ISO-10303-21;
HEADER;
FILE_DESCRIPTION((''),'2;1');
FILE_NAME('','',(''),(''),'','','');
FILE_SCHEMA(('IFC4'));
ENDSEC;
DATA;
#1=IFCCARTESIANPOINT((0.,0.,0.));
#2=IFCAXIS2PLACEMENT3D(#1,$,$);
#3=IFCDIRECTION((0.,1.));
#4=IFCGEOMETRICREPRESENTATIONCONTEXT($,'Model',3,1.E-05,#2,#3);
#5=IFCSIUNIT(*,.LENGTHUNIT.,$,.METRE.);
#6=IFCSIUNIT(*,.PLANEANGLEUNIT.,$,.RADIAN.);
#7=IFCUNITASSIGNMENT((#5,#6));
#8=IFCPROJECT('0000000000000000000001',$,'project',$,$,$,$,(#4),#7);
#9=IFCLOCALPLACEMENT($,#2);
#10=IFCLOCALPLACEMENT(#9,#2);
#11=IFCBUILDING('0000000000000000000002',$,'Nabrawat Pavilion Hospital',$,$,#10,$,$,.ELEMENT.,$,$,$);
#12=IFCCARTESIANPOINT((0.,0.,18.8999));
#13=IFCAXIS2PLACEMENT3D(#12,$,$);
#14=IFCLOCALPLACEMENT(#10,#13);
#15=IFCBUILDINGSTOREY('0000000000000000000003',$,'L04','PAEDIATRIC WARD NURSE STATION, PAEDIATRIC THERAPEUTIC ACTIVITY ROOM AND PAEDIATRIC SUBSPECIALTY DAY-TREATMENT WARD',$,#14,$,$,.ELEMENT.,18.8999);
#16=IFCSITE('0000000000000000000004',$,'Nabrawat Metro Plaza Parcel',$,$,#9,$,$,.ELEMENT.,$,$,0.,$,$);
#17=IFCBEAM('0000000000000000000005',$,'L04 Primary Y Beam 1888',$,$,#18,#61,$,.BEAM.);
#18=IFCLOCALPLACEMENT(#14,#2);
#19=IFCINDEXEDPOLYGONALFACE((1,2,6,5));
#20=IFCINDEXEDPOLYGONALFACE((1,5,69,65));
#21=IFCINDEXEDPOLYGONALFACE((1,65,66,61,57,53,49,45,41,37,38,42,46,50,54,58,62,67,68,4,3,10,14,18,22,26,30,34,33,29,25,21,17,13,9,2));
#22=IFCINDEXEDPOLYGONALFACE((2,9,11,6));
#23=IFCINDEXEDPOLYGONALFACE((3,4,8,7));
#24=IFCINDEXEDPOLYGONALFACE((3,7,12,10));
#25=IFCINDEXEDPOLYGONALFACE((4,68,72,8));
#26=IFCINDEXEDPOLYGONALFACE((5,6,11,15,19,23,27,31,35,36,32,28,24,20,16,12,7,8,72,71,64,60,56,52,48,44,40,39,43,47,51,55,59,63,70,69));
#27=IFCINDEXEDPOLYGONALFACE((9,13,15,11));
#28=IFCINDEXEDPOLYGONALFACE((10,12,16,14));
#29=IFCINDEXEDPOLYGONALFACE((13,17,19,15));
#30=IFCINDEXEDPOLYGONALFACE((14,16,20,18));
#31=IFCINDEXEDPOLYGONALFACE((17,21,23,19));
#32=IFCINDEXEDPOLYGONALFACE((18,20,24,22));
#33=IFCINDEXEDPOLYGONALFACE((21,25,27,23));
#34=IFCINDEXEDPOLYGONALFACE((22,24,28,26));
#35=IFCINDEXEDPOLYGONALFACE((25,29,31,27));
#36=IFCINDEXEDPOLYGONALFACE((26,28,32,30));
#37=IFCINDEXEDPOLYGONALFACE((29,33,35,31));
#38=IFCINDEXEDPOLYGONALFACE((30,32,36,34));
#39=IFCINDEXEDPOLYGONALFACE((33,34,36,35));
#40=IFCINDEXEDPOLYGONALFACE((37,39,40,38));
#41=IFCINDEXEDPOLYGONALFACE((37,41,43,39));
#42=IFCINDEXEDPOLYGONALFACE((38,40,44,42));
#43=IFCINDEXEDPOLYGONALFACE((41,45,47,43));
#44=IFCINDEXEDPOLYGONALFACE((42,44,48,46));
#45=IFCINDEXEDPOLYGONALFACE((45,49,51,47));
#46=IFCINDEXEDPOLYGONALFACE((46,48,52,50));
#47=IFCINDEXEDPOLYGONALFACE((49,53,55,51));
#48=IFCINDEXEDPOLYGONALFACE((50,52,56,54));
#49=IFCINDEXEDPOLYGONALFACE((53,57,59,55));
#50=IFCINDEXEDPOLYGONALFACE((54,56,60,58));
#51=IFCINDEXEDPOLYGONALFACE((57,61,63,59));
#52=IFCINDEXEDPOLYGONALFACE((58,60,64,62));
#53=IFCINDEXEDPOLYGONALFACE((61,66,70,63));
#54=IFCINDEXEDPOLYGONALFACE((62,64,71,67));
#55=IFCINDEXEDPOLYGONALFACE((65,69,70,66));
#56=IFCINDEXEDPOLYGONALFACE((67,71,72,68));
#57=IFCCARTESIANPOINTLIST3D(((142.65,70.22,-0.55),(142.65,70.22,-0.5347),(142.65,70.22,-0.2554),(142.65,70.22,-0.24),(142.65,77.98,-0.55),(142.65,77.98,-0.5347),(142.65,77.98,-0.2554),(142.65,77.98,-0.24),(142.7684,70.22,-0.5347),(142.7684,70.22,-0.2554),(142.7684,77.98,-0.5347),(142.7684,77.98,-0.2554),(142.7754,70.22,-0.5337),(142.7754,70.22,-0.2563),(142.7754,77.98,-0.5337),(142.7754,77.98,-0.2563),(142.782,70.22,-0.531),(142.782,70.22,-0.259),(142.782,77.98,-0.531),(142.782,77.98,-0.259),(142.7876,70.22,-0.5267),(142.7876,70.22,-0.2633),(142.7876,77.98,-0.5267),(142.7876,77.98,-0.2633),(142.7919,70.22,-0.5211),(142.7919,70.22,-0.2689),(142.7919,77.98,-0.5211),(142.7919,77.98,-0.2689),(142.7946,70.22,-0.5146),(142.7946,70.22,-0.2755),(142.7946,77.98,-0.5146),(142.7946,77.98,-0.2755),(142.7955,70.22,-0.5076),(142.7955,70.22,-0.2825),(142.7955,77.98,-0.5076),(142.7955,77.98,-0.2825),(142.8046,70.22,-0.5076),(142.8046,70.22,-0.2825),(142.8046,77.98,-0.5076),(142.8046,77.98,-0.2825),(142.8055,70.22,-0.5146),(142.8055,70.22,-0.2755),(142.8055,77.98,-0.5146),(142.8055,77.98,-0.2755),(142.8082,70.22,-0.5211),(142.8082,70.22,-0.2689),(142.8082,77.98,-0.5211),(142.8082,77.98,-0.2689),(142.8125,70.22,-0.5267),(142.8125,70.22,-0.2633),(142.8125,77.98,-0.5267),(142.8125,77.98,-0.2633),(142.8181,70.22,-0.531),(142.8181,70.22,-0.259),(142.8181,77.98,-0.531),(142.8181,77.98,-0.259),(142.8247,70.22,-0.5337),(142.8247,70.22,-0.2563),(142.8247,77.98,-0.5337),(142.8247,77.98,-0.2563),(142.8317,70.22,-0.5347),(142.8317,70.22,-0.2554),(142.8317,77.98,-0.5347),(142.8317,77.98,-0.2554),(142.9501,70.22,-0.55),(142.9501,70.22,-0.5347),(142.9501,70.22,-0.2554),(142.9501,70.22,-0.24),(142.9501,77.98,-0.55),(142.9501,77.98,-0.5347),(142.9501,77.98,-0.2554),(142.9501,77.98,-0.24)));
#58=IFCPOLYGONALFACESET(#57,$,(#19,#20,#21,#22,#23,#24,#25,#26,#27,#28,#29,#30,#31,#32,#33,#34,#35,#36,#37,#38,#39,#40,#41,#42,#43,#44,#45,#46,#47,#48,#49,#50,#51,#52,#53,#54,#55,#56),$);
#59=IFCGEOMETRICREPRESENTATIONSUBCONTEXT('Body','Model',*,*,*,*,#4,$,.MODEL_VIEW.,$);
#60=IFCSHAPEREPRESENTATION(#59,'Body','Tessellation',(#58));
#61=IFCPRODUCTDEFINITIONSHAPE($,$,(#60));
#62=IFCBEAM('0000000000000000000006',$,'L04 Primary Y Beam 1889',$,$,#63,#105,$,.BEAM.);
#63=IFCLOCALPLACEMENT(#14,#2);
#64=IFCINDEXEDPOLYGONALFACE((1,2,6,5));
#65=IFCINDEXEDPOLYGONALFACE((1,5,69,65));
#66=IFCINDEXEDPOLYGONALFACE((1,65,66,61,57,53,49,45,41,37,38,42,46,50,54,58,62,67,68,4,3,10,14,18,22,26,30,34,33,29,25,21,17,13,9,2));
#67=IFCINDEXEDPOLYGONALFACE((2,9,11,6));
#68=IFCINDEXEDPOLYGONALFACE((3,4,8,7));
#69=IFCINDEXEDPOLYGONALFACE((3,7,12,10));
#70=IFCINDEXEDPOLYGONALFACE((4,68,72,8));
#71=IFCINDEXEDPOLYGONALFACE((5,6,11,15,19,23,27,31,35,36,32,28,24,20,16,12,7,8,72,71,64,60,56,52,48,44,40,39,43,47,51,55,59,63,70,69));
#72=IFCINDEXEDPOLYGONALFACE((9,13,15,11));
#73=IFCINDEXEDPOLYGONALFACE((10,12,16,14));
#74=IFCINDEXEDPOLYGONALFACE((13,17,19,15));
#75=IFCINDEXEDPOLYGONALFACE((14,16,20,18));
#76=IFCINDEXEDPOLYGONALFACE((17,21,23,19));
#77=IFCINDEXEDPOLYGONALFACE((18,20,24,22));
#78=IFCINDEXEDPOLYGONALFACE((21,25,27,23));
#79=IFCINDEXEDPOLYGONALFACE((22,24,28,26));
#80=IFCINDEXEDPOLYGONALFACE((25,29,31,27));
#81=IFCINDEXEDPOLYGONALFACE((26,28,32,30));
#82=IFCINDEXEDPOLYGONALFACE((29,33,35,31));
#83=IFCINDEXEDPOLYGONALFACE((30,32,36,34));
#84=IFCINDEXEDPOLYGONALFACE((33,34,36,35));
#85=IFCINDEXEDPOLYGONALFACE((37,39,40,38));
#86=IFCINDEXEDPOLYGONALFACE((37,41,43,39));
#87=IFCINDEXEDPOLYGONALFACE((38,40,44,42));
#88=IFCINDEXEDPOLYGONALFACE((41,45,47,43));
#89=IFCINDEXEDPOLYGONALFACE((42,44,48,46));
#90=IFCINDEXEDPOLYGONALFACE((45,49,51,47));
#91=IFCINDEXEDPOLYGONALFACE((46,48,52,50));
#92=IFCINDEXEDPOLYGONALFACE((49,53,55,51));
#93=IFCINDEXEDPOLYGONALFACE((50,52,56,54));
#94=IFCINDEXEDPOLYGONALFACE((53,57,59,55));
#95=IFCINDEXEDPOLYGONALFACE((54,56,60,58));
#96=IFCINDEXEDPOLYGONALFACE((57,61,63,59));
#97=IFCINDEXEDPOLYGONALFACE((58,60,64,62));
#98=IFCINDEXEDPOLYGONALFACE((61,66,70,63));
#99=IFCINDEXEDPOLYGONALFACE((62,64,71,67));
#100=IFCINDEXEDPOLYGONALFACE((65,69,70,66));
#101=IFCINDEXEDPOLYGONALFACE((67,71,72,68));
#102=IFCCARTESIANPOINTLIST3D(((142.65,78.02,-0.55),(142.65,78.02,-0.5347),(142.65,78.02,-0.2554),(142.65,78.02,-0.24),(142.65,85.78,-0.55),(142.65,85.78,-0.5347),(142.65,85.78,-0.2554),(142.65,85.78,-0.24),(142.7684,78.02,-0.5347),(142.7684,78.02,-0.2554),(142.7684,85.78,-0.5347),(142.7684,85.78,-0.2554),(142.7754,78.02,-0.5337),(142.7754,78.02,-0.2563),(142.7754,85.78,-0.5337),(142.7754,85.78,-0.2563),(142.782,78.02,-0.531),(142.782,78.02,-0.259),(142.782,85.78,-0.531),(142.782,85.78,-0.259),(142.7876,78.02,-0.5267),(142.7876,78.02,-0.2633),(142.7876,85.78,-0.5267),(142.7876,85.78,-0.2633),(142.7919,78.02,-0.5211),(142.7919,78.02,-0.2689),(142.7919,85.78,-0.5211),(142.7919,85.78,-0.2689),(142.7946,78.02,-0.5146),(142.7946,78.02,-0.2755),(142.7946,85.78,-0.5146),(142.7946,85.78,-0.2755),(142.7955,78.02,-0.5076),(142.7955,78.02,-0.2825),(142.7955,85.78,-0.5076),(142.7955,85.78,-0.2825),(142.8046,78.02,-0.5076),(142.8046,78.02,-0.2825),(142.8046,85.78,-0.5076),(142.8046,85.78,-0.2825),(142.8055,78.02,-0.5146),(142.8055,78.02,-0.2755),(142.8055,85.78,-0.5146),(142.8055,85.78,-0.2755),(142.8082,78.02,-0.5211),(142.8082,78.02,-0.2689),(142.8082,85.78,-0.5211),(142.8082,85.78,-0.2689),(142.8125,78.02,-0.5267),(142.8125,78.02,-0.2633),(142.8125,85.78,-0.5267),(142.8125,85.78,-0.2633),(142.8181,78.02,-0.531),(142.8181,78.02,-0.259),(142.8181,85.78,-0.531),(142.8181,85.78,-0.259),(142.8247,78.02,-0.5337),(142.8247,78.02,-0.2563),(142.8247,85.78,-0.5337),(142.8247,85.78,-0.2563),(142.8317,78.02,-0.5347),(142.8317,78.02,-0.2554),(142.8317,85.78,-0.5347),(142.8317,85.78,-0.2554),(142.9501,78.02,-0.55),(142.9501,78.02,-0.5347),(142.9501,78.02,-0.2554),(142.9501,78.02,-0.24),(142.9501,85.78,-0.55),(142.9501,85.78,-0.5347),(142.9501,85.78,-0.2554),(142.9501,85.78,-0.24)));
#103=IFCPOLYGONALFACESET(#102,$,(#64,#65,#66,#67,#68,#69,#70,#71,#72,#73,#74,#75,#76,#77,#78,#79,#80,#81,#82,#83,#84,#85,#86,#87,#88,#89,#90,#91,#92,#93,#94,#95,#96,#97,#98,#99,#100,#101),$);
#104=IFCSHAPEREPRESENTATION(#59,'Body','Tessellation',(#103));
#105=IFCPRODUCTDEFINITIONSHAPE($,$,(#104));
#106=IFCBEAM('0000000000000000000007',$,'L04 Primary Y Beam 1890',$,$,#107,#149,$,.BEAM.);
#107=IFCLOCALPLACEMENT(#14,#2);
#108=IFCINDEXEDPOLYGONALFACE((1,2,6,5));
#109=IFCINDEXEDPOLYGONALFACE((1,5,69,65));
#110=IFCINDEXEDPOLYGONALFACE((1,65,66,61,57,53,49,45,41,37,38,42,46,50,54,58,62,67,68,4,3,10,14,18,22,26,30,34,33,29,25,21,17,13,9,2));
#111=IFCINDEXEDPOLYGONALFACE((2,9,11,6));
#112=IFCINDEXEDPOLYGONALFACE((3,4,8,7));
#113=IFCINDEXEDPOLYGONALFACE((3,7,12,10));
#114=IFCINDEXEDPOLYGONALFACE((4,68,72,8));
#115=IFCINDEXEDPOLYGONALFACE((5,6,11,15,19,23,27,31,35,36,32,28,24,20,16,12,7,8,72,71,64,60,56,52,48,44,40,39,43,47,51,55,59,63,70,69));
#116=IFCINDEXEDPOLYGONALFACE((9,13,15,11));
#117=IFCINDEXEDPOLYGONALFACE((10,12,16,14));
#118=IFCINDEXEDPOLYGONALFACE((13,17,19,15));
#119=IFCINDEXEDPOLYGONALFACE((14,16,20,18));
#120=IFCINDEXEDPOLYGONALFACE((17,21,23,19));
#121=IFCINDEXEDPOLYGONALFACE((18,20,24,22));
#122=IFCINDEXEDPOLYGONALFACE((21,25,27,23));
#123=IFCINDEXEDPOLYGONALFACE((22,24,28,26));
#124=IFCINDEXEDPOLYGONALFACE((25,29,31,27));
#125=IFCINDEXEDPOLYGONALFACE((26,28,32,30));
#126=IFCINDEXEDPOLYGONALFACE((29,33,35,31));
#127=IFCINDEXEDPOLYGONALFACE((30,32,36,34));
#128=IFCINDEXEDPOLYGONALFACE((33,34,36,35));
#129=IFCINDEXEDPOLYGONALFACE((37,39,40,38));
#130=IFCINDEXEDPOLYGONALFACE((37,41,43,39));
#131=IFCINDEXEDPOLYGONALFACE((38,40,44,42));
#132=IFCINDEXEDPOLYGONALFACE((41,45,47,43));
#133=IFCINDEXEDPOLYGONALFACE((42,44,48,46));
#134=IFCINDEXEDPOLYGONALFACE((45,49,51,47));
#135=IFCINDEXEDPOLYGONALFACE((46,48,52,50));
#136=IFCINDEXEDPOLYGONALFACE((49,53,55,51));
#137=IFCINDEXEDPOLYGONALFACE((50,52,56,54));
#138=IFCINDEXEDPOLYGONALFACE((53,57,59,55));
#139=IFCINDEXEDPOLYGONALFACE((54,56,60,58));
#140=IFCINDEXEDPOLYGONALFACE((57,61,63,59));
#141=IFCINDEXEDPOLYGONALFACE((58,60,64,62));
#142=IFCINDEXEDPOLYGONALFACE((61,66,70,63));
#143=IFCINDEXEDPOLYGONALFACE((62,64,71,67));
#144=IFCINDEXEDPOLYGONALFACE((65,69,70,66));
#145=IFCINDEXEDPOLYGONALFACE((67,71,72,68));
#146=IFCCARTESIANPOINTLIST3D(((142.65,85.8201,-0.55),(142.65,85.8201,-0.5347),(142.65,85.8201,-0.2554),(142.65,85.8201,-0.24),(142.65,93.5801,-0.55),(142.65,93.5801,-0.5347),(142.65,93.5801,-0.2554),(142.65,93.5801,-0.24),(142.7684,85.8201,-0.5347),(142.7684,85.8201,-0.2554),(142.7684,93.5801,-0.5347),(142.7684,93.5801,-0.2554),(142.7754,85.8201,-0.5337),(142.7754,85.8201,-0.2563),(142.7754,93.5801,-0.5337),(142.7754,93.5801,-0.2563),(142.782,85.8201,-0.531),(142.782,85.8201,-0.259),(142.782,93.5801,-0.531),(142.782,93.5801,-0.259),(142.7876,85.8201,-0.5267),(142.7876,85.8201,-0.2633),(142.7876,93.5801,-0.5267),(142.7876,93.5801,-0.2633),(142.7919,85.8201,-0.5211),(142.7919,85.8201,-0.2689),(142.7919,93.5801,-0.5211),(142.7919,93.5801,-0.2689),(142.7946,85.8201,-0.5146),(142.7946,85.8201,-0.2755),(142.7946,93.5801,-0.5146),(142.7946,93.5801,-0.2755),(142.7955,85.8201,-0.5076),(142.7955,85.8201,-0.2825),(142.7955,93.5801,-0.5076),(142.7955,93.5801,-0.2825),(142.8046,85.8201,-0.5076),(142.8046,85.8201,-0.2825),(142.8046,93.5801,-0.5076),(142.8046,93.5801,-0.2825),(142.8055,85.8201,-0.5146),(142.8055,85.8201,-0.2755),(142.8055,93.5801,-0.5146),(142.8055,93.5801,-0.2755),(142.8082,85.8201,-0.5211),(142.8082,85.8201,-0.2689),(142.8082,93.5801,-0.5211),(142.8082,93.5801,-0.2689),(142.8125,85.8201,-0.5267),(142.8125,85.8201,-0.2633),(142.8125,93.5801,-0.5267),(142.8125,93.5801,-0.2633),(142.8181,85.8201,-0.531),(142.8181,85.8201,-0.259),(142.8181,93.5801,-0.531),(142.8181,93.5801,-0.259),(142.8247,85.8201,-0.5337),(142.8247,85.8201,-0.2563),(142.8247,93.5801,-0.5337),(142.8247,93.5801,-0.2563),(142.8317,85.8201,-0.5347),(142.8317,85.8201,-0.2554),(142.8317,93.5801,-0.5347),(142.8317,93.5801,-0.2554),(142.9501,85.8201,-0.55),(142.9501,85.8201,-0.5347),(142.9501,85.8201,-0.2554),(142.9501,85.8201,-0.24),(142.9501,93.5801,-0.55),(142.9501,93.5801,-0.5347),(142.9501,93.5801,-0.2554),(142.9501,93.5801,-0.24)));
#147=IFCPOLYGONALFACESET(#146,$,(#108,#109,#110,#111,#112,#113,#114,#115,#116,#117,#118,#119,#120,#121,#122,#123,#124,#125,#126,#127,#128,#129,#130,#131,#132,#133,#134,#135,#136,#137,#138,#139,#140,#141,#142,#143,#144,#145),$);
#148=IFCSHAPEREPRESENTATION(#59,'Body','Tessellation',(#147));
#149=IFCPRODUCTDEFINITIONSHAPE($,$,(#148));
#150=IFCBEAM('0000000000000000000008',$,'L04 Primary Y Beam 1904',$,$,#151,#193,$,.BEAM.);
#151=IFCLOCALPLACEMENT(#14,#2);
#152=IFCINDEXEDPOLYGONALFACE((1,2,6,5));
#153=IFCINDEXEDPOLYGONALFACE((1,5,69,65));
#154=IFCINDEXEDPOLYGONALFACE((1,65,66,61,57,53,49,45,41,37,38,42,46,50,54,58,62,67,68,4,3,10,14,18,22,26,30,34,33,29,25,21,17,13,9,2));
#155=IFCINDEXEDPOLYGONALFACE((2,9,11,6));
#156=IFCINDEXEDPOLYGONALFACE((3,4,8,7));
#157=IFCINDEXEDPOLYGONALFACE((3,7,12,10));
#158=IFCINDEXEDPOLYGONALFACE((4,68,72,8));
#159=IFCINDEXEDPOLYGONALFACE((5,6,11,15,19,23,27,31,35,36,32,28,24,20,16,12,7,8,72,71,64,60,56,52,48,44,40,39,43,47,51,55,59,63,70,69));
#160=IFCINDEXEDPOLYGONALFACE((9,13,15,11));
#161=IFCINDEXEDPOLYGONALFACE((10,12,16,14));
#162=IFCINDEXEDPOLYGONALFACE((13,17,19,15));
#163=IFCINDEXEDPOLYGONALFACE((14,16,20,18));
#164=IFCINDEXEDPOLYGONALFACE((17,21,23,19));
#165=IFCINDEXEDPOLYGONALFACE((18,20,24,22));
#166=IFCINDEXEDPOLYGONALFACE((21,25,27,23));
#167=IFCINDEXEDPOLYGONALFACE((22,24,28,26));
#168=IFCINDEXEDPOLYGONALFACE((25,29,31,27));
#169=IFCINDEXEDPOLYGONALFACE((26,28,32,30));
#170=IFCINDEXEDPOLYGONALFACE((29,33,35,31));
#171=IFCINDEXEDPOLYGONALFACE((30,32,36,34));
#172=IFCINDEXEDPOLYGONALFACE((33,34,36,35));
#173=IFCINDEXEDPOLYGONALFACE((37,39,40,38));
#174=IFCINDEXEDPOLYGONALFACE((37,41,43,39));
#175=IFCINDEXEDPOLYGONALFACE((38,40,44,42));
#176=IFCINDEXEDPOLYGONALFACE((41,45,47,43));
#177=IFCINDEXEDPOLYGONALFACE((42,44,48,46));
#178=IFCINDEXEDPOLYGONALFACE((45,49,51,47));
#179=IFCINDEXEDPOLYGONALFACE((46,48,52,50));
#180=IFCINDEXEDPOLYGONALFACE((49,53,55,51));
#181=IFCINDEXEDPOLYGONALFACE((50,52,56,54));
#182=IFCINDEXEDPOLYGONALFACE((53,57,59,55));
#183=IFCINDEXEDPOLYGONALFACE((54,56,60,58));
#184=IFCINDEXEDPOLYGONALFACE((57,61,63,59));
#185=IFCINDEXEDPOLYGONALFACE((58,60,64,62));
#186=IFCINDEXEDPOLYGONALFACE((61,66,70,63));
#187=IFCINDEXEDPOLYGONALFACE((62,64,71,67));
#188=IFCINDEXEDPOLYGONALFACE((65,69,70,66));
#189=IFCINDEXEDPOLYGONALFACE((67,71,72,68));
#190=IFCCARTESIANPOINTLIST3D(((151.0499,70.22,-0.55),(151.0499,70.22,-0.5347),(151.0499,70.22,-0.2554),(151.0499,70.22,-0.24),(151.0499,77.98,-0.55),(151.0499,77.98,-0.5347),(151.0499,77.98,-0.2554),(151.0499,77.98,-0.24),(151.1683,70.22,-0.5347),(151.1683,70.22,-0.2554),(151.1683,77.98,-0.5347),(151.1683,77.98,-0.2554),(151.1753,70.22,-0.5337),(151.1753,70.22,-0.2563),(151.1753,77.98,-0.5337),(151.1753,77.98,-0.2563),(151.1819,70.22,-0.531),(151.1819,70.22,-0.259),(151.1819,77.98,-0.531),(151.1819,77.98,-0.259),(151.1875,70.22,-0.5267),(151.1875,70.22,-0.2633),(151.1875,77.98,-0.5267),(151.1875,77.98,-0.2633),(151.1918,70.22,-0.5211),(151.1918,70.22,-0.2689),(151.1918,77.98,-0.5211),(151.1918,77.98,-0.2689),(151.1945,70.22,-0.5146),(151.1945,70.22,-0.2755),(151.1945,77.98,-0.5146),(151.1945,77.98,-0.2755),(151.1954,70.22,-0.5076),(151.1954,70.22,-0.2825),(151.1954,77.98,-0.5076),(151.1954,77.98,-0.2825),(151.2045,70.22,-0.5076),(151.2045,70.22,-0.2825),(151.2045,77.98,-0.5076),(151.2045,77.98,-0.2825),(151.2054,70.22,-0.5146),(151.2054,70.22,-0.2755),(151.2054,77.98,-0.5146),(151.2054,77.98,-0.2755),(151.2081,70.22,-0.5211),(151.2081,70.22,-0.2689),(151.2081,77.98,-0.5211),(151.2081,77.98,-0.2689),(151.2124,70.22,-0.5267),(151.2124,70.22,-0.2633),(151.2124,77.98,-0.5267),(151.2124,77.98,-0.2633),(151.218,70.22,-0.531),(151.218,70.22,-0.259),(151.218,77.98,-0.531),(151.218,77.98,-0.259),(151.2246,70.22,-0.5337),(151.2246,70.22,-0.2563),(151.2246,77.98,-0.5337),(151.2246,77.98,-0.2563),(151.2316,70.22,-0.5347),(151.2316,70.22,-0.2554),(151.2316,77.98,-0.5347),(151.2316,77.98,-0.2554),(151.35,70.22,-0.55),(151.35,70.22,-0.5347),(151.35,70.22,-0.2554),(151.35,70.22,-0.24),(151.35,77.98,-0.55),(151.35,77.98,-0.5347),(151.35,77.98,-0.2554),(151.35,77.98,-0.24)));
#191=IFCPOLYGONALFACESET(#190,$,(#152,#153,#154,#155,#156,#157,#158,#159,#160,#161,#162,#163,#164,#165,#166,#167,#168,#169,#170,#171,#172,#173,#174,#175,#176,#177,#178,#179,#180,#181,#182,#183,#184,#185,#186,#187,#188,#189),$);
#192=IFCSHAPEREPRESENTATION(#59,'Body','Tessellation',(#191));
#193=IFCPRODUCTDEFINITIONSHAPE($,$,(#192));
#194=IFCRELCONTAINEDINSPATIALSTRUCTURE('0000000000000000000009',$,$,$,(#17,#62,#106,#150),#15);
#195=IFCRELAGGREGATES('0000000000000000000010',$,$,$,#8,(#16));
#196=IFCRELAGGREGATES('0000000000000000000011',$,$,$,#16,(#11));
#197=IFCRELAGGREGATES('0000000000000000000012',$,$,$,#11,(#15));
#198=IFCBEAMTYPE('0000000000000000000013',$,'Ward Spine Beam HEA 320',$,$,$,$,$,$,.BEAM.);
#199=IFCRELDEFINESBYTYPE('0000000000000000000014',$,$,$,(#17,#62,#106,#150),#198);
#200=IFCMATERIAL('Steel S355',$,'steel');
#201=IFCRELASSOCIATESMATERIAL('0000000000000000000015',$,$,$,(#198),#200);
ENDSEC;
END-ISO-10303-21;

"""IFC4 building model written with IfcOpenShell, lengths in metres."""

from ifc_helpers import new_model, si_unit, direction, frame, origin, origin_2d, place, context, subcontext, project, spatial, i_section, extrude, material, material_profile, profile_set, type_object, element, save


model = new_model("IFC4")

# Units and contexts
model_context = context("Model", 3, precision=1e-05, world=origin(), true_north=direction((0.0, 1.0)))
body_context = subcontext(model_context, "Body", "Model", "MODEL_VIEW")
ifc_project = project(units=[si_unit("LENGTHUNIT", "METRE"), si_unit("PLANEANGLEUNIT", "RADIAN")], contexts=[model_context])

# Site, building, storey
site_placement = place(None, origin())
site = spatial("IfcSite", under=ifc_project, at=site_placement, Name="Nabrawat Metro Plaza Parcel", CompositionType="ELEMENT", RefElevation=0.0)
building_placement = place(site_placement, origin())
building = spatial("IfcBuilding", under=site, at=building_placement, Name="Nabrawat Pavilion Hospital", CompositionType="ELEMENT")
storey_placement = place(building_placement, frame((0.0, 0.0, 18.8999)))
storey = spatial("IfcBuildingStorey", under=building, at=storey_placement, Name="L04", Description="PAEDIATRIC WARD NURSE STATION, PAEDIATRIC THERAPEUTIC ACTIVITY ROOM AND PAEDIATRIC SUBSPECIALTY DAY-TREATMENT WARD", CompositionType="ELEMENT", Elevation=18.8999)

# Shared definitions
ifc_material_1 = material(Name="Steel S355", Category="steel")

# Beams
ifc_material_profile_1 = material_profile(ifc_material_1, i_section(OverallWidth=0.3, OverallDepth=0.3101, WebThickness=0.009, FlangeThickness=0.0154, FilletRadius=0.0271, at=origin_2d()), Name="HEA 320")
ifc_profile_set_1 = profile_set([ifc_material_profile_1], Name="Steel S355")
beam_type_1 = type_object("IfcBeamType", Name="Ward Spine Beam HEA 320", PredefinedType="BEAM", material=ifc_profile_set_1)
for number, where, z_axis, x_axis, name in (
    (1, (142.8, 70.22, -0.395), (0.0, 1.0, 0.0), (-1.0, 0.0, 0.0), "L04 Primary Y Beam 1888"),
    (2, (142.8, 78.02, -0.395), (0.0, 1.0, 0.0), (-1.0, 0.0, 0.0), "L04 Primary Y Beam 1889"),
    (3, (142.8, 85.8201, -0.395), (0.0, 1.0, 0.0), (-1.0, 0.0, 0.0), "L04 Primary Y Beam 1890"),
    (4, (151.2, 70.22, -0.395), (0.0, 1.0, 0.0), (-1.0, 0.0, 0.0), "L04 Primary Y Beam 1904"),
):
    element("IfcBeam", number, at=place(storey_placement, frame(where, z_axis=z_axis, x_axis=x_axis)), inside=storey, type_object=beam_type_1, Name=name, PredefinedType="BEAM", context=body_context, shape_type="SweptSolid", body=[
        extrude(i_section(OverallWidth=0.3, OverallDepth=0.3101, WebThickness=0.009, FlangeThickness=0.0154, FilletRadius=0.0271, at=origin_2d()), origin(), (0.0, 0.0, 1.0), 7.76),
    ])

save(model, "model.ifc")
